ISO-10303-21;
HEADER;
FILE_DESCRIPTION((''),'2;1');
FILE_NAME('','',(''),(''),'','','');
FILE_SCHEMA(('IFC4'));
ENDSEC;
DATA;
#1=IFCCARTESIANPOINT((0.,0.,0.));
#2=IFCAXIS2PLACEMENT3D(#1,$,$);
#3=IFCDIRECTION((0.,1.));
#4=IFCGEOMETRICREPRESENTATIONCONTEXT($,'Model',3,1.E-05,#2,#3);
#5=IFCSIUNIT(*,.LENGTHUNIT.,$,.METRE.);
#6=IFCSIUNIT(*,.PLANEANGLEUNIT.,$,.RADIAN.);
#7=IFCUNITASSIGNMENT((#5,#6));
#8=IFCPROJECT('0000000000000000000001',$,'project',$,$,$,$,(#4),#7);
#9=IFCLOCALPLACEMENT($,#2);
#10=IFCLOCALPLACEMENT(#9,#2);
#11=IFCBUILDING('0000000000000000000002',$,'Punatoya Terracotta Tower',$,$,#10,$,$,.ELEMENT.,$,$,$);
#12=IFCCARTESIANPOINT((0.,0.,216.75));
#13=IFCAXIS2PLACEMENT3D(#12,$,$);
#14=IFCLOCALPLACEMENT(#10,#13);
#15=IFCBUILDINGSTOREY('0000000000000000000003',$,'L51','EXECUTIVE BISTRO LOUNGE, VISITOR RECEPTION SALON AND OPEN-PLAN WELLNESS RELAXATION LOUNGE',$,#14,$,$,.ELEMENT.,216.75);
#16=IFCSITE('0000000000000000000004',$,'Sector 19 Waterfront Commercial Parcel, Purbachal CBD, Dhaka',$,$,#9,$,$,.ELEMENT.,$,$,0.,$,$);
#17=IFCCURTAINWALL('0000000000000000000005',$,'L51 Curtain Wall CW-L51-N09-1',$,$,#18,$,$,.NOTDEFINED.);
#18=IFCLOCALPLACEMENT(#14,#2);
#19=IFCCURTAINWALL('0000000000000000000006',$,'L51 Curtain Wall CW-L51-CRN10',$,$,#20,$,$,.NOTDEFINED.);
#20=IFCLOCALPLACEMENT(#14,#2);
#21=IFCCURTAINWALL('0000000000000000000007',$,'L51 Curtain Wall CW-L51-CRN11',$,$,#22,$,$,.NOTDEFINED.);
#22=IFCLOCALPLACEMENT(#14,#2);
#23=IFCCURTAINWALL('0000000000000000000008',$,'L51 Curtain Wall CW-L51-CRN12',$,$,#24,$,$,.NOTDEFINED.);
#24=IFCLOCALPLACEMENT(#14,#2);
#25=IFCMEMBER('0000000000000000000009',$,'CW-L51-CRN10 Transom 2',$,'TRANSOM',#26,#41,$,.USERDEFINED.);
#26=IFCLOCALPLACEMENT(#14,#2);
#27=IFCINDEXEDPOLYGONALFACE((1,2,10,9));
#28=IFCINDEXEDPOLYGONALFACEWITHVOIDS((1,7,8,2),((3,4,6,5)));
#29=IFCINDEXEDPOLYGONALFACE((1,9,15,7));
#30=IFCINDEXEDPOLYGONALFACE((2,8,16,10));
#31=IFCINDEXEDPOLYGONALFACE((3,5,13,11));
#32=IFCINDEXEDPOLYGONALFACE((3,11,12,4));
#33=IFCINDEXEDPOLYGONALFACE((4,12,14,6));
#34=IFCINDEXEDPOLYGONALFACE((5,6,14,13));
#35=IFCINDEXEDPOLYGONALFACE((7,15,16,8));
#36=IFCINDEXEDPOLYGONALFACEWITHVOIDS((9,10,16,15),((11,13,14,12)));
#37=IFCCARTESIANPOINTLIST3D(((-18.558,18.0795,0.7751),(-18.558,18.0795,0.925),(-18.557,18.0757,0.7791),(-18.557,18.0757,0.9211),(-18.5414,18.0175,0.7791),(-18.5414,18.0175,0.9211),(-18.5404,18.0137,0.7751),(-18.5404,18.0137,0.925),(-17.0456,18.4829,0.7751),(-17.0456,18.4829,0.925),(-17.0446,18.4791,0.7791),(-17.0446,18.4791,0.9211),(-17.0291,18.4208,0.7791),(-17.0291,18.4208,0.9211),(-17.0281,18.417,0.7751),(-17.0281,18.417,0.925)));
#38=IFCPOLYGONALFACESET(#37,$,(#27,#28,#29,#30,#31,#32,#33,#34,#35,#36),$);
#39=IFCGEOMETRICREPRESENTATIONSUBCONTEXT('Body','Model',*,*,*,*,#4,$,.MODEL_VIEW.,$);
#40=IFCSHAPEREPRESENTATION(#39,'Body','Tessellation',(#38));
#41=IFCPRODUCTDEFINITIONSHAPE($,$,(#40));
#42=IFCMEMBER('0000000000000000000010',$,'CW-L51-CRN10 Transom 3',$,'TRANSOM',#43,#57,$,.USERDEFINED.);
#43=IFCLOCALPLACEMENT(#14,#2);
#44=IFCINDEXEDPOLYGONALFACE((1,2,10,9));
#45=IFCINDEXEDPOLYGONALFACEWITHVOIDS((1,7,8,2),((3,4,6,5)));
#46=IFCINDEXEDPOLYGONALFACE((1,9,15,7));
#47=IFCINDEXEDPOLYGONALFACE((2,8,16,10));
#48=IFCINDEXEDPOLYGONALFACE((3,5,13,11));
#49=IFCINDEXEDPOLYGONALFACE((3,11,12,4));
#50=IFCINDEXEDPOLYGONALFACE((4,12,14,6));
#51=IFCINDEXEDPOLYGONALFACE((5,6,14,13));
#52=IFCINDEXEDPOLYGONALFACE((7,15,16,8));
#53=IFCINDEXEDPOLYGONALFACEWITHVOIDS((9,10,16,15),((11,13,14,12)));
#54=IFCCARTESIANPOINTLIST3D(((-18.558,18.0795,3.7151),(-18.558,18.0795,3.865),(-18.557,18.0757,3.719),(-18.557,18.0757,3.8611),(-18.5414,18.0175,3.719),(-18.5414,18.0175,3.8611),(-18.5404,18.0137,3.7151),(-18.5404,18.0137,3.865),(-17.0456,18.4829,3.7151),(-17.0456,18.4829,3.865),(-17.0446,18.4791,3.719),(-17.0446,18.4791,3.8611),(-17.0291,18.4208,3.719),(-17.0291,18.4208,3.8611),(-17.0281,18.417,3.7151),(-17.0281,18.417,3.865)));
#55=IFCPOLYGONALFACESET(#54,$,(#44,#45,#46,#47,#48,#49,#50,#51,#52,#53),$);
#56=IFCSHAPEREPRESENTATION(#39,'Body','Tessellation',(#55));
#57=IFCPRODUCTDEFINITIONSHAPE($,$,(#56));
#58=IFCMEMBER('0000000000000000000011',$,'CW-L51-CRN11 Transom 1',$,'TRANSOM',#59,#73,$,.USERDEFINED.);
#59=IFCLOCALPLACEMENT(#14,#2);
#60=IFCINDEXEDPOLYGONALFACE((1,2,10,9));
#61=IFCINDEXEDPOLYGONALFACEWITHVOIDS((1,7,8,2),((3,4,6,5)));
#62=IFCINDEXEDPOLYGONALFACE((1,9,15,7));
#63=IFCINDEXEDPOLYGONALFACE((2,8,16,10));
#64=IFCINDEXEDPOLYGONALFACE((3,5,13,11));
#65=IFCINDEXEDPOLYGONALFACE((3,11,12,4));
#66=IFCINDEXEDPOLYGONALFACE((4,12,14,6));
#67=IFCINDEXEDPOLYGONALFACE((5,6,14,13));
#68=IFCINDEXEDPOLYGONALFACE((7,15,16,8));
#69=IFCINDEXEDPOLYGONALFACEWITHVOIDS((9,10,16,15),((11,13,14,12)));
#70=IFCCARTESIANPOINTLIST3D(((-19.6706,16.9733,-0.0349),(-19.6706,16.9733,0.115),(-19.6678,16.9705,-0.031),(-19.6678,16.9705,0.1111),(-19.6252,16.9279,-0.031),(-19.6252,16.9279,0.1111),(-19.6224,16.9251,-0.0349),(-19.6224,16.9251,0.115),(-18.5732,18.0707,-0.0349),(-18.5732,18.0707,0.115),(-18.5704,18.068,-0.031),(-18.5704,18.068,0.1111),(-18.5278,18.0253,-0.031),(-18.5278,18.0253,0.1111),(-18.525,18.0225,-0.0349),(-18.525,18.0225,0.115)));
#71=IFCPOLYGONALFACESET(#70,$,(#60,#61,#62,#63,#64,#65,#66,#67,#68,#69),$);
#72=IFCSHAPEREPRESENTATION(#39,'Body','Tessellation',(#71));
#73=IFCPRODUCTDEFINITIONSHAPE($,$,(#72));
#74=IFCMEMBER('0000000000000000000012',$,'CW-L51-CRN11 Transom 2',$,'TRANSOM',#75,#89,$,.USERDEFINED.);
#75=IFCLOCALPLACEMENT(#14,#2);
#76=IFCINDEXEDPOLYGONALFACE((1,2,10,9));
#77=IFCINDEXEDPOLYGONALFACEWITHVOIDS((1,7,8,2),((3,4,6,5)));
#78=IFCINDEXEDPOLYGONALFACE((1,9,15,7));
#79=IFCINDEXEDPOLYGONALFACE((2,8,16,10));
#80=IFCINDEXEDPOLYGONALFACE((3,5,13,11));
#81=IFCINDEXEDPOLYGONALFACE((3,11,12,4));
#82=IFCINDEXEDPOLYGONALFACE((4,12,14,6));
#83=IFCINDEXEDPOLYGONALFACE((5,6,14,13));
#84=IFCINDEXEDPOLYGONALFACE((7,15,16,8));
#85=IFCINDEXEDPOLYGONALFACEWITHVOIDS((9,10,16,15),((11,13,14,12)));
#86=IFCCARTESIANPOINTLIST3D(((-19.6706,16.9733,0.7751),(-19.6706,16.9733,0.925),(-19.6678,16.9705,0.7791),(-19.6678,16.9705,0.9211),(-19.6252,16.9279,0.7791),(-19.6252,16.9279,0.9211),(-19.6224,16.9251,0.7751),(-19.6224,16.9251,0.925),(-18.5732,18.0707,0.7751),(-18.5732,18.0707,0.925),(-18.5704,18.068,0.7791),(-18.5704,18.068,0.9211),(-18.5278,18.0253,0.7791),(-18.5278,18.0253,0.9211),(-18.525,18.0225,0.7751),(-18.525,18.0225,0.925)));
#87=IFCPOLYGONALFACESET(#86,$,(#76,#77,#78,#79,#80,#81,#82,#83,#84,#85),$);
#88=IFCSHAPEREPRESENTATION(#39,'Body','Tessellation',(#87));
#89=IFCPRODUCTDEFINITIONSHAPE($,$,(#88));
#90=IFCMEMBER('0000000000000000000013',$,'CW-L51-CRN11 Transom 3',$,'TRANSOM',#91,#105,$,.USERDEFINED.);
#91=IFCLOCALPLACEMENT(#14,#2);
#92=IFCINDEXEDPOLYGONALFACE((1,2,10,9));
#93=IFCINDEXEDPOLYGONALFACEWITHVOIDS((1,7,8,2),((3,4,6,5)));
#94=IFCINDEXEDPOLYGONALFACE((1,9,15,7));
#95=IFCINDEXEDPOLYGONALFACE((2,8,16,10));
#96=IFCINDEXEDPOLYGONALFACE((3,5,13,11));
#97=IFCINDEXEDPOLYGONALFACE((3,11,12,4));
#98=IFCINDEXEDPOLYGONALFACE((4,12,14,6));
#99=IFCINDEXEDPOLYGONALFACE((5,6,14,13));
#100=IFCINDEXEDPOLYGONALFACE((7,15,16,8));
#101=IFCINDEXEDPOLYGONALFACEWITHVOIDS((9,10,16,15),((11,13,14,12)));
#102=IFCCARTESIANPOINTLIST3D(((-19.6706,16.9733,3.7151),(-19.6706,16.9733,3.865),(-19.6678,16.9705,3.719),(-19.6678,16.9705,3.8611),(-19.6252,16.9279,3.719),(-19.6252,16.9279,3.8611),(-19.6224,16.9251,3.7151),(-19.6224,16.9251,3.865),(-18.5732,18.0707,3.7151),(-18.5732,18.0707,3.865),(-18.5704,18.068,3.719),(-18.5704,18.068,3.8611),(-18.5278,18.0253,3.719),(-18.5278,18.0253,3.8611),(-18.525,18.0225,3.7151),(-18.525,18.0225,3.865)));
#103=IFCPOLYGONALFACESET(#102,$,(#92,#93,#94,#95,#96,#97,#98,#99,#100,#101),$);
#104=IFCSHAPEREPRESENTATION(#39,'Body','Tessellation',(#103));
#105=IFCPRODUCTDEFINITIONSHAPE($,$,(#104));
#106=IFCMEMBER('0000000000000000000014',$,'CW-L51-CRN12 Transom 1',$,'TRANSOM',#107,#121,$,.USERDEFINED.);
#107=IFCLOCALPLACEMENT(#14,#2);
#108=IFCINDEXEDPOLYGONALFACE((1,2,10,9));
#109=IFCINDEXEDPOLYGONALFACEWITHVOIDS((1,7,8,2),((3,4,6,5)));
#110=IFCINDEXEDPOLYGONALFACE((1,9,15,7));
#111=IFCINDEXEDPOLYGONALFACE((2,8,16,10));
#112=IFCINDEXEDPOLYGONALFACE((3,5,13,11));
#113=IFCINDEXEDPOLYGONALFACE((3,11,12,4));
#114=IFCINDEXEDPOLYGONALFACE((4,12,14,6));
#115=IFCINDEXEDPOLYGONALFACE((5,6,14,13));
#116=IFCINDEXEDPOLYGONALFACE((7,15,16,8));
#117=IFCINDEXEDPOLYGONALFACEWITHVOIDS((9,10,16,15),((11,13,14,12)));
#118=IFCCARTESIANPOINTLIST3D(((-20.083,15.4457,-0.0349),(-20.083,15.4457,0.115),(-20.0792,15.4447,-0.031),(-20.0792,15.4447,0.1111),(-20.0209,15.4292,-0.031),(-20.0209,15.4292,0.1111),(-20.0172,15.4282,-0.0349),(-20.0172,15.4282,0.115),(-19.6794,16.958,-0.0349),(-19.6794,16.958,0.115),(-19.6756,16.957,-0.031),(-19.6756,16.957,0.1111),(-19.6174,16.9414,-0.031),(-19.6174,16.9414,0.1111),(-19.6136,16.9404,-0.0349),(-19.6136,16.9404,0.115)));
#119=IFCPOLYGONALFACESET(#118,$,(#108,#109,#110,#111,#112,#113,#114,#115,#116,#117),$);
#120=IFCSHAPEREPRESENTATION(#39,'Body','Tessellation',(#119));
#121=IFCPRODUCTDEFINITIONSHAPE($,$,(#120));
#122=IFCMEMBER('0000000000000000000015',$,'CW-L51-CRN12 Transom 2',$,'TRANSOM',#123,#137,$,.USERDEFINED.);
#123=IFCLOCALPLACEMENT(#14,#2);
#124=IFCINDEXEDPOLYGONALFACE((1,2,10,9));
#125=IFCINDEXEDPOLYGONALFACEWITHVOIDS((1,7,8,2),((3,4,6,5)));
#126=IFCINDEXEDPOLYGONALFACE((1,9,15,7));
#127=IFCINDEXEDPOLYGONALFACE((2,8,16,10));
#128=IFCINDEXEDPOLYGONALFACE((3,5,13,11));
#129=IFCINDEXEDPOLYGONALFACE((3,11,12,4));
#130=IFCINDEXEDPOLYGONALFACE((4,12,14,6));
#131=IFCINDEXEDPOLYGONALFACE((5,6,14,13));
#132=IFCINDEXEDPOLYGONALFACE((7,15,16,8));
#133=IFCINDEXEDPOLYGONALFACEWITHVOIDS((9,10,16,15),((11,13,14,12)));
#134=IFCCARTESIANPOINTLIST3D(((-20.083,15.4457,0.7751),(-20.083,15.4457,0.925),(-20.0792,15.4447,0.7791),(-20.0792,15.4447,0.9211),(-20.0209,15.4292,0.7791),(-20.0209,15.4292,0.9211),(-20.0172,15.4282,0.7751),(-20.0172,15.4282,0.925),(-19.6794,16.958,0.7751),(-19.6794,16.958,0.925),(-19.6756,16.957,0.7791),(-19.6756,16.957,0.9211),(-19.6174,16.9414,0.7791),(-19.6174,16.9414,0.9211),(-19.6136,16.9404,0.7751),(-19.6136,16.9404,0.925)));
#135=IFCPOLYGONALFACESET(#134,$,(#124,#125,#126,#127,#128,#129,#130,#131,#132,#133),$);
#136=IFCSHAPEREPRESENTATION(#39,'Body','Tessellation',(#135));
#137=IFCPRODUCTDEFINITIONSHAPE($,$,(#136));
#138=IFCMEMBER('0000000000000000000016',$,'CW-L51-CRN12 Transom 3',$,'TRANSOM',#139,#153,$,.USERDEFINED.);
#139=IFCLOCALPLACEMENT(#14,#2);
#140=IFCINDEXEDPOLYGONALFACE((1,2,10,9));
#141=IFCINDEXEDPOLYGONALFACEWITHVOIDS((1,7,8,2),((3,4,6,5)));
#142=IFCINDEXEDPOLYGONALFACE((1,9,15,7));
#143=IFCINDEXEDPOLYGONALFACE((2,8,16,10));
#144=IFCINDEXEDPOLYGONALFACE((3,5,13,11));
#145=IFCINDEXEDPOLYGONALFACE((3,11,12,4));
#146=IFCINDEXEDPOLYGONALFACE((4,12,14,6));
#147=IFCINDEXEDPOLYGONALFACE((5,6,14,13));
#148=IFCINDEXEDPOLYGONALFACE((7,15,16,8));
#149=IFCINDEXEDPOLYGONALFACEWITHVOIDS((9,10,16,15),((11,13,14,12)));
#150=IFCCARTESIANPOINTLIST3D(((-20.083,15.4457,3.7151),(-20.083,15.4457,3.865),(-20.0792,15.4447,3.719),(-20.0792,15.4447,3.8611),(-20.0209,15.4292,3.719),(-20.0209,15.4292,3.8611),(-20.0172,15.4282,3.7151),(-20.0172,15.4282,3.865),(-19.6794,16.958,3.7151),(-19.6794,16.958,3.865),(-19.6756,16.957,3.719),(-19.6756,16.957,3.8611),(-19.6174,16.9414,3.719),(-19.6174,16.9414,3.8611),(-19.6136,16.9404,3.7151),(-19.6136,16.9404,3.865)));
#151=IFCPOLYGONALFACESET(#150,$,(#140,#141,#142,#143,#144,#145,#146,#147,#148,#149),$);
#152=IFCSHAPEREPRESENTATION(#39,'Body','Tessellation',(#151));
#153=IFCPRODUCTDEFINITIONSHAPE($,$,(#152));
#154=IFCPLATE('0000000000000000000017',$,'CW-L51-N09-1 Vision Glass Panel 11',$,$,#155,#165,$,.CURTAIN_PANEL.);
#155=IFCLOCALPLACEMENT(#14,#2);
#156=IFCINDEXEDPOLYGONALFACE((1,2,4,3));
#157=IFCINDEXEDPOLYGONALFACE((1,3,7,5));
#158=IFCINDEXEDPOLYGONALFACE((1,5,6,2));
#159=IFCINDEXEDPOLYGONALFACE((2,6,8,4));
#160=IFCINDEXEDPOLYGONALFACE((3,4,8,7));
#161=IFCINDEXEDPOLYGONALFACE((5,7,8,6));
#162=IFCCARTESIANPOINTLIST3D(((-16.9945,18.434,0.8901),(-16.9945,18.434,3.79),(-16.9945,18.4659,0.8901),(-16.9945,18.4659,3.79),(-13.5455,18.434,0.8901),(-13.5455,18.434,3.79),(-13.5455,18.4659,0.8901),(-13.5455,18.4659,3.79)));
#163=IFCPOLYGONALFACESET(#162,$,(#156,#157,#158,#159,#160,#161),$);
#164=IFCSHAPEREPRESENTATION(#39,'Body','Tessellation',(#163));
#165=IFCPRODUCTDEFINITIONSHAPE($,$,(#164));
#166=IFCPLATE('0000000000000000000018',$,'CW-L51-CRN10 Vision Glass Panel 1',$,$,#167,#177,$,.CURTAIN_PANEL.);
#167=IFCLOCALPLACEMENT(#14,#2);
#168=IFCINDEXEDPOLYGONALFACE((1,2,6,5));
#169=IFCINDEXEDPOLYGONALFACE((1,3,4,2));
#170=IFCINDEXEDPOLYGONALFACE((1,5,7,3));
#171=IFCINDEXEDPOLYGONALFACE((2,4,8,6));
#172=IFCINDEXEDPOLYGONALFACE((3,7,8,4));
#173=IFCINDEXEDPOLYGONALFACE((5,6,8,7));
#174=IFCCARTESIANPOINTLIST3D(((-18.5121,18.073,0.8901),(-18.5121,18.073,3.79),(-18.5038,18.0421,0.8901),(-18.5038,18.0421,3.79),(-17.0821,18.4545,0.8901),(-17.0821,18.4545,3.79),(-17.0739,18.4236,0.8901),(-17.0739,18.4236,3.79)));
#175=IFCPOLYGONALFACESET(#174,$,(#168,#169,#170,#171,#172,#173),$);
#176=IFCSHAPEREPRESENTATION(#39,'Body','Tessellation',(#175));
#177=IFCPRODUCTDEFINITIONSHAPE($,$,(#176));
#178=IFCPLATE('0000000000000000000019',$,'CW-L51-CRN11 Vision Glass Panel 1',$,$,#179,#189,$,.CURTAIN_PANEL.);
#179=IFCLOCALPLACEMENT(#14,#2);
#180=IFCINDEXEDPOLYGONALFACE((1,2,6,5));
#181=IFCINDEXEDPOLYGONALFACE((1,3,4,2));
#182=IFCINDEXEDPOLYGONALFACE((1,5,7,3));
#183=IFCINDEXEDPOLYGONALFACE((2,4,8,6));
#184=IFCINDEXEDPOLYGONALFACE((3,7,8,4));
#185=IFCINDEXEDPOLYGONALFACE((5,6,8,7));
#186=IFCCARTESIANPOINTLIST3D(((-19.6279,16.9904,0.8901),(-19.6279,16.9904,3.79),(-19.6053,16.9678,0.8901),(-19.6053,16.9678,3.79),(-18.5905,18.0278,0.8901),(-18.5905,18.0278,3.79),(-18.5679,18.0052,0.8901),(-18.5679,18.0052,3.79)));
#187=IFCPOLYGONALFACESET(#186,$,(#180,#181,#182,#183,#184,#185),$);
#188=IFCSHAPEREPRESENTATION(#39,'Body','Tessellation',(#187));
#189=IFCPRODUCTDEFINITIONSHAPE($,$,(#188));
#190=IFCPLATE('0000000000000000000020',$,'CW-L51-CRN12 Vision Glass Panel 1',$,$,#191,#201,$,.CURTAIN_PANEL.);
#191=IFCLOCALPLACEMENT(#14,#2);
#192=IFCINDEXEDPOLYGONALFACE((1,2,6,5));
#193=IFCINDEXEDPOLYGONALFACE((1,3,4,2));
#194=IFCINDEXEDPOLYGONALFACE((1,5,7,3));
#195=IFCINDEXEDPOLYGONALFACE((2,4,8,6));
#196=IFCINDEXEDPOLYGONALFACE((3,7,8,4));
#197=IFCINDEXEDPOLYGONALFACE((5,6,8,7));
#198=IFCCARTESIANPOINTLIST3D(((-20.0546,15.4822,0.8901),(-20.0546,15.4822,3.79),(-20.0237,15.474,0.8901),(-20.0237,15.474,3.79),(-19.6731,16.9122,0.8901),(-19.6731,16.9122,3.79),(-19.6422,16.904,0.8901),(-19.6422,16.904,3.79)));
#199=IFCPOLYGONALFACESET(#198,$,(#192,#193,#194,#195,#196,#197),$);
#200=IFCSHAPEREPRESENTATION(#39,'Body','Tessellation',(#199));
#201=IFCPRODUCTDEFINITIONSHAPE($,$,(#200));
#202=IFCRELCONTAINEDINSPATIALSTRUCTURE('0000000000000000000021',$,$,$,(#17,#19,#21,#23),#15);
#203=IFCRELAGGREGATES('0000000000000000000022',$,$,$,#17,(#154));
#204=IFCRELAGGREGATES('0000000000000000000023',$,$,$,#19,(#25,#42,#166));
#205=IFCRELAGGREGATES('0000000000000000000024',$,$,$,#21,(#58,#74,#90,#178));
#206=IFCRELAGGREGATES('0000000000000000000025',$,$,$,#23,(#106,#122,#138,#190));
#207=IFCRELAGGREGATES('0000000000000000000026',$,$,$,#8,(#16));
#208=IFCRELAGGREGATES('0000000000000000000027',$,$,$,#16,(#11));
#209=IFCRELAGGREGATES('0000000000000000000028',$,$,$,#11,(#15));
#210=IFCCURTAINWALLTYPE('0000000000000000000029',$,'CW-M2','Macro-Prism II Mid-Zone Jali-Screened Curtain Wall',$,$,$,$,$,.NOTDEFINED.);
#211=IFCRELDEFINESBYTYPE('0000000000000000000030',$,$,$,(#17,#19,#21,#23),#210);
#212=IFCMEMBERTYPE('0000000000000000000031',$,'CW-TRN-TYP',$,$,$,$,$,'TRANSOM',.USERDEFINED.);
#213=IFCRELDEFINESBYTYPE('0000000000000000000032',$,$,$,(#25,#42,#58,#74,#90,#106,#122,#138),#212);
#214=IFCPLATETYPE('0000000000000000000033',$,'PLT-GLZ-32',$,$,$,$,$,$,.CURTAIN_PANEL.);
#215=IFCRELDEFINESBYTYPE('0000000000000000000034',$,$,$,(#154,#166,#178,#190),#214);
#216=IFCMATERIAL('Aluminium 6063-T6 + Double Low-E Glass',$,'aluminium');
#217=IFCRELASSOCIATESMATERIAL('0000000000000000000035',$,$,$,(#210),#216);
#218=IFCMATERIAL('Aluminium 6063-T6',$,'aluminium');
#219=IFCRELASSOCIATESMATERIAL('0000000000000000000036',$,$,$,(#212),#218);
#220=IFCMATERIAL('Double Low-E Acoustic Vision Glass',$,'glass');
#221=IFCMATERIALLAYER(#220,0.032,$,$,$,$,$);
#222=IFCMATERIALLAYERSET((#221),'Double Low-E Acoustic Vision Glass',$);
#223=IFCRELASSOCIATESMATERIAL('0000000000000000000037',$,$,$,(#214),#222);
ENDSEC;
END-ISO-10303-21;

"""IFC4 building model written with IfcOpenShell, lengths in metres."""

from ifc_helpers import new_model, si_unit, direction, frame, origin, origin_2d, place, context, subcontext, project, spatial, rectangle, hollow_rectangle, extrude, material, layer, layer_set, material_profile, profile_set, type_object, element, aggregate, save


model = new_model("IFC4")

# Units and contexts
model_context = context("Model", 3, precision=1e-05, world=origin(), true_north=direction((0.0, 1.0)))
body_context = subcontext(model_context, "Body", "Model", "MODEL_VIEW")
ifc_project = project(units=[si_unit("LENGTHUNIT", "METRE"), si_unit("PLANEANGLEUNIT", "RADIAN")], contexts=[model_context])

# Site, building, storey
site_placement = place(None, origin())
site = spatial("IfcSite", under=ifc_project, at=site_placement, Name="Sector 19 Waterfront Commercial Parcel, Purbachal CBD, Dhaka", CompositionType="ELEMENT", RefElevation=0.0)
building_placement = place(site_placement, origin())
building = spatial("IfcBuilding", under=site, at=building_placement, Name="Punatoya Terracotta Tower", CompositionType="ELEMENT")
storey_placement = place(building_placement, frame((0.0, 0.0, 216.75)))
storey = spatial("IfcBuildingStorey", under=building, at=storey_placement, Name="L51", Description="EXECUTIVE BISTRO LOUNGE, VISITOR RECEPTION SALON AND OPEN-PLAN WELLNESS RELAXATION LOUNGE", CompositionType="ELEMENT", Elevation=216.75)

# Curtain wall
ifc_material_1 = material(Name="Aluminium 6063-T6 + Double Low-E Glass", Category="aluminium")
curtain_wall_type = type_object("IfcCurtainWallType", Name="CW-M2", Description="Macro-Prism II Mid-Zone Jali-Screened Curtain Wall", PredefinedType="NOTDEFINED", material=ifc_material_1)
curtain_wall_1_placement = place(storey_placement, origin())
curtain_wall_1 = element("IfcCurtainWall", 1, at=curtain_wall_1_placement, inside=storey, type_object=curtain_wall_type, Name="L51 Curtain Wall CW-L51-N09-1", PredefinedType="NOTDEFINED")
ifc_material_2 = material(Name="Aluminium 6063-T6", Category="aluminium")

# Curtain walls
curtain_wall_2_placement = place(storey_placement, origin())
curtain_wall_2 = element("IfcCurtainWall", 2, at=curtain_wall_2_placement, inside=storey, type_object=curtain_wall_type, Name="L51 Curtain Wall CW-L51-CRN10", PredefinedType="NOTDEFINED")
curtain_wall_3_placement = place(storey_placement, origin())
curtain_wall_3 = element("IfcCurtainWall", 3, at=curtain_wall_3_placement, inside=storey, type_object=curtain_wall_type, Name="L51 Curtain Wall CW-L51-CRN11", PredefinedType="NOTDEFINED")

# Curtain wall
curtain_wall_4_placement = place(storey_placement, origin())
curtain_wall_4 = element("IfcCurtainWall", 4, at=curtain_wall_4_placement, inside=storey, type_object=curtain_wall_type, Name="L51 Curtain Wall CW-L51-CRN12", PredefinedType="NOTDEFINED")

# Members
ifc_material_profile_1 = material_profile(ifc_material_2, hollow_rectangle(XDim=0.0681, YDim=0.1499, WallThickness=0.0039, at=origin_2d()))
ifc_profile_set_1 = profile_set([ifc_material_profile_1], Name="Aluminium 6063-T6")
member_type_1 = type_object("IfcMemberType", Name="CW-TRN-TYP", ElementType="TRANSOM", PredefinedType="USERDEFINED", material=ifc_profile_set_1)
member_1_placement = place(storey_placement, frame((-17.0369, 18.45, 0.8501), z_axis=(-0.966225, -0.257701, 0.0), x_axis=(0.257701, -0.966225, 0.0)))
member_1 = element("IfcMember", 5, at=member_1_placement, type_object=member_type_1, Name="CW-L51-CRN10 Transom 2", ObjectType="TRANSOM", PredefinedType="USERDEFINED", context=body_context, shape_type="SweptSolid", body=[
    extrude(hollow_rectangle(XDim=0.0681, YDim=0.1499, WallThickness=0.0039, at=origin_2d()), origin(), (0.0, 0.0, 1.0), 1.5652),
])
member_2_placement = place(storey_placement, frame((-17.0369, 18.45, 3.79), z_axis=(-0.966225, -0.257701, 0.0), x_axis=(0.257701, -0.966225, 0.0)))
member_2 = element("IfcMember", 6, at=member_2_placement, type_object=member_type_1, Name="CW-L51-CRN10 Transom 3", ObjectType="TRANSOM", PredefinedType="USERDEFINED", context=body_context, shape_type="SweptSolid", body=[
    extrude(hollow_rectangle(XDim=0.0681, YDim=0.1499, WallThickness=0.0039, at=origin_2d()), origin(), (0.0, 0.0, 1.0), 1.5652),
])
member_3_placement = place(storey_placement, frame((-18.5491, 18.0466, 0.04), z_axis=(-0.707107, -0.707107, 0.0), x_axis=(0.707107, -0.707107, 0.0)))
member_3 = element("IfcMember", 7, at=member_3_placement, type_object=member_type_1, Name="CW-L51-CRN11 Transom 1", ObjectType="TRANSOM", PredefinedType="USERDEFINED", context=body_context, shape_type="SweptSolid", body=[
    extrude(hollow_rectangle(XDim=0.0681, YDim=0.1499, WallThickness=0.0039, at=origin_2d()), origin(), (0.0, 0.0, 1.0), 1.552),
])
member_4_placement = place(storey_placement, frame((-18.5491, 18.0466, 0.8501), z_axis=(-0.707107, -0.707107, 0.0), x_axis=(0.707107, -0.707107, 0.0)))
member_4 = element("IfcMember", 8, at=member_4_placement, type_object=member_type_1, Name="CW-L51-CRN11 Transom 2", ObjectType="TRANSOM", PredefinedType="USERDEFINED", context=body_context, shape_type="SweptSolid", body=[
    extrude(hollow_rectangle(XDim=0.0681, YDim=0.1499, WallThickness=0.0039, at=origin_2d()), origin(), (0.0, 0.0, 1.0), 1.552),
])
member_5_placement = place(storey_placement, frame((-18.5491, 18.0466, 3.79), z_axis=(-0.707107, -0.707107, 0.0), x_axis=(0.707107, -0.707107, 0.0)))
member_5 = element("IfcMember", 9, at=member_5_placement, type_object=member_type_1, Name="CW-L51-CRN11 Transom 3", ObjectType="TRANSOM", PredefinedType="USERDEFINED", context=body_context, shape_type="SweptSolid", body=[
    extrude(hollow_rectangle(XDim=0.0681, YDim=0.1499, WallThickness=0.0039, at=origin_2d()), origin(), (0.0, 0.0, 1.0), 1.552),
])
member_6_placement = place(storey_placement, frame((-19.6465, 16.9492, 0.04), z_axis=(-0.257847, -0.966186, 0.0), x_axis=(0.966186, -0.257847, 0.0)))
member_6 = element("IfcMember", 10, at=member_6_placement, type_object=member_type_1, Name="CW-L51-CRN12 Transom 1", ObjectType="TRANSOM", PredefinedType="USERDEFINED", context=body_context, shape_type="SweptSolid", body=[
    extrude(hollow_rectangle(XDim=0.0681, YDim=0.1499, WallThickness=0.0039, at=origin_2d()), origin(), (0.0, 0.0, 1.0), 1.5652),
])
member_7_placement = place(storey_placement, frame((-19.6465, 16.9492, 0.8501), z_axis=(-0.257847, -0.966186, 0.0), x_axis=(0.966186, -0.257847, 0.0)))
member_7 = element("IfcMember", 11, at=member_7_placement, type_object=member_type_1, Name="CW-L51-CRN12 Transom 2", ObjectType="TRANSOM", PredefinedType="USERDEFINED", context=body_context, shape_type="SweptSolid", body=[
    extrude(hollow_rectangle(XDim=0.0681, YDim=0.1499, WallThickness=0.0039, at=origin_2d()), origin(), (0.0, 0.0, 1.0), 1.5652),
])
member_8_placement = place(storey_placement, frame((-19.6465, 16.9492, 3.79), z_axis=(-0.257847, -0.966186, 0.0), x_axis=(0.966186, -0.257847, 0.0)))
member_8 = element("IfcMember", 12, at=member_8_placement, type_object=member_type_1, Name="CW-L51-CRN12 Transom 3", ObjectType="TRANSOM", PredefinedType="USERDEFINED", context=body_context, shape_type="SweptSolid", body=[
    extrude(hollow_rectangle(XDim=0.0681, YDim=0.1499, WallThickness=0.0039, at=origin_2d()), origin(), (0.0, 0.0, 1.0), 1.5652),
])

# Plates
ifc_material_3 = material(Name="Double Low-E Acoustic Vision Glass", Category="glass")
ifc_layer_1 = layer(ifc_material_3, 0.032)
ifc_layer_set_1 = layer_set([ifc_layer_1], Name="Double Low-E Acoustic Vision Glass")
plate_type_1 = type_object("IfcPlateType", Name="PLT-GLZ-32", PredefinedType="CURTAIN_PANEL", material=ifc_layer_set_1)
plate_1_placement = place(storey_placement, frame((-15.27, 18.45, 0.8901), z_axis=(0.0, 0.0, 1.0), x_axis=(-1.0, 0.0, 0.0)))
plate_1 = element("IfcPlate", 13, at=plate_1_placement, type_object=plate_type_1, Name="CW-L51-N09-1 Vision Glass Panel 11", PredefinedType="CURTAIN_PANEL", context=body_context, shape_type="SweptSolid", body=[
    extrude(rectangle(XDim=3.449, YDim=0.032, at=origin_2d()), origin(), (0.0, 0.0, 1.0), 2.8999),
])
plate_2_placement = place(storey_placement, frame((-17.793, 18.2483, 0.8901), z_axis=(0.0, 0.0, 1.0), x_axis=(-0.966214, -0.257742, 0.0)))
plate_2 = element("IfcPlate", 14, at=plate_2_placement, type_object=plate_type_1, Name="CW-L51-CRN10 Vision Glass Panel 1", PredefinedType="CURTAIN_PANEL", context=body_context, shape_type="SweptSolid", body=[
    extrude(rectangle(XDim=1.48, YDim=0.032, at=origin_2d()), origin(), (0.0, 0.0, 1.0), 2.8999),
])
plate_3_placement = place(storey_placement, frame((-19.0979, 17.4978, 0.8901), z_axis=(0.0, 0.0, 1.0), x_axis=(-0.707107, -0.707107, 0.0)))
plate_3 = element("IfcPlate", 15, at=plate_3_placement, type_object=plate_type_1, Name="CW-L51-CRN11 Vision Glass Panel 1", PredefinedType="CURTAIN_PANEL", context=body_context, shape_type="SweptSolid", body=[
    extrude(rectangle(XDim=1.467, YDim=0.032, at=origin_2d()), origin(), (0.0, 0.0, 1.0), 2.8999),
])
plate_4_placement = place(storey_placement, frame((-19.8484, 16.1931, 0.8901), z_axis=(0.0, 0.0, 1.0), x_axis=(-0.257742, -0.966214, 0.0)))
plate_4 = element("IfcPlate", 16, at=plate_4_placement, type_object=plate_type_1, Name="CW-L51-CRN12 Vision Glass Panel 1", PredefinedType="CURTAIN_PANEL", context=body_context, shape_type="SweptSolid", body=[
    extrude(rectangle(XDim=1.48, YDim=0.032, at=origin_2d()), origin(), (0.0, 0.0, 1.0), 2.8999),
])
aggregate(curtain_wall_1, [plate_1])
aggregate(curtain_wall_2, [member_1, member_2, plate_2])
aggregate(curtain_wall_3, [member_3, member_4, member_5, plate_3])
aggregate(curtain_wall_4, [member_6, member_7, member_8, plate_4])

save(model, "model.ifc")
